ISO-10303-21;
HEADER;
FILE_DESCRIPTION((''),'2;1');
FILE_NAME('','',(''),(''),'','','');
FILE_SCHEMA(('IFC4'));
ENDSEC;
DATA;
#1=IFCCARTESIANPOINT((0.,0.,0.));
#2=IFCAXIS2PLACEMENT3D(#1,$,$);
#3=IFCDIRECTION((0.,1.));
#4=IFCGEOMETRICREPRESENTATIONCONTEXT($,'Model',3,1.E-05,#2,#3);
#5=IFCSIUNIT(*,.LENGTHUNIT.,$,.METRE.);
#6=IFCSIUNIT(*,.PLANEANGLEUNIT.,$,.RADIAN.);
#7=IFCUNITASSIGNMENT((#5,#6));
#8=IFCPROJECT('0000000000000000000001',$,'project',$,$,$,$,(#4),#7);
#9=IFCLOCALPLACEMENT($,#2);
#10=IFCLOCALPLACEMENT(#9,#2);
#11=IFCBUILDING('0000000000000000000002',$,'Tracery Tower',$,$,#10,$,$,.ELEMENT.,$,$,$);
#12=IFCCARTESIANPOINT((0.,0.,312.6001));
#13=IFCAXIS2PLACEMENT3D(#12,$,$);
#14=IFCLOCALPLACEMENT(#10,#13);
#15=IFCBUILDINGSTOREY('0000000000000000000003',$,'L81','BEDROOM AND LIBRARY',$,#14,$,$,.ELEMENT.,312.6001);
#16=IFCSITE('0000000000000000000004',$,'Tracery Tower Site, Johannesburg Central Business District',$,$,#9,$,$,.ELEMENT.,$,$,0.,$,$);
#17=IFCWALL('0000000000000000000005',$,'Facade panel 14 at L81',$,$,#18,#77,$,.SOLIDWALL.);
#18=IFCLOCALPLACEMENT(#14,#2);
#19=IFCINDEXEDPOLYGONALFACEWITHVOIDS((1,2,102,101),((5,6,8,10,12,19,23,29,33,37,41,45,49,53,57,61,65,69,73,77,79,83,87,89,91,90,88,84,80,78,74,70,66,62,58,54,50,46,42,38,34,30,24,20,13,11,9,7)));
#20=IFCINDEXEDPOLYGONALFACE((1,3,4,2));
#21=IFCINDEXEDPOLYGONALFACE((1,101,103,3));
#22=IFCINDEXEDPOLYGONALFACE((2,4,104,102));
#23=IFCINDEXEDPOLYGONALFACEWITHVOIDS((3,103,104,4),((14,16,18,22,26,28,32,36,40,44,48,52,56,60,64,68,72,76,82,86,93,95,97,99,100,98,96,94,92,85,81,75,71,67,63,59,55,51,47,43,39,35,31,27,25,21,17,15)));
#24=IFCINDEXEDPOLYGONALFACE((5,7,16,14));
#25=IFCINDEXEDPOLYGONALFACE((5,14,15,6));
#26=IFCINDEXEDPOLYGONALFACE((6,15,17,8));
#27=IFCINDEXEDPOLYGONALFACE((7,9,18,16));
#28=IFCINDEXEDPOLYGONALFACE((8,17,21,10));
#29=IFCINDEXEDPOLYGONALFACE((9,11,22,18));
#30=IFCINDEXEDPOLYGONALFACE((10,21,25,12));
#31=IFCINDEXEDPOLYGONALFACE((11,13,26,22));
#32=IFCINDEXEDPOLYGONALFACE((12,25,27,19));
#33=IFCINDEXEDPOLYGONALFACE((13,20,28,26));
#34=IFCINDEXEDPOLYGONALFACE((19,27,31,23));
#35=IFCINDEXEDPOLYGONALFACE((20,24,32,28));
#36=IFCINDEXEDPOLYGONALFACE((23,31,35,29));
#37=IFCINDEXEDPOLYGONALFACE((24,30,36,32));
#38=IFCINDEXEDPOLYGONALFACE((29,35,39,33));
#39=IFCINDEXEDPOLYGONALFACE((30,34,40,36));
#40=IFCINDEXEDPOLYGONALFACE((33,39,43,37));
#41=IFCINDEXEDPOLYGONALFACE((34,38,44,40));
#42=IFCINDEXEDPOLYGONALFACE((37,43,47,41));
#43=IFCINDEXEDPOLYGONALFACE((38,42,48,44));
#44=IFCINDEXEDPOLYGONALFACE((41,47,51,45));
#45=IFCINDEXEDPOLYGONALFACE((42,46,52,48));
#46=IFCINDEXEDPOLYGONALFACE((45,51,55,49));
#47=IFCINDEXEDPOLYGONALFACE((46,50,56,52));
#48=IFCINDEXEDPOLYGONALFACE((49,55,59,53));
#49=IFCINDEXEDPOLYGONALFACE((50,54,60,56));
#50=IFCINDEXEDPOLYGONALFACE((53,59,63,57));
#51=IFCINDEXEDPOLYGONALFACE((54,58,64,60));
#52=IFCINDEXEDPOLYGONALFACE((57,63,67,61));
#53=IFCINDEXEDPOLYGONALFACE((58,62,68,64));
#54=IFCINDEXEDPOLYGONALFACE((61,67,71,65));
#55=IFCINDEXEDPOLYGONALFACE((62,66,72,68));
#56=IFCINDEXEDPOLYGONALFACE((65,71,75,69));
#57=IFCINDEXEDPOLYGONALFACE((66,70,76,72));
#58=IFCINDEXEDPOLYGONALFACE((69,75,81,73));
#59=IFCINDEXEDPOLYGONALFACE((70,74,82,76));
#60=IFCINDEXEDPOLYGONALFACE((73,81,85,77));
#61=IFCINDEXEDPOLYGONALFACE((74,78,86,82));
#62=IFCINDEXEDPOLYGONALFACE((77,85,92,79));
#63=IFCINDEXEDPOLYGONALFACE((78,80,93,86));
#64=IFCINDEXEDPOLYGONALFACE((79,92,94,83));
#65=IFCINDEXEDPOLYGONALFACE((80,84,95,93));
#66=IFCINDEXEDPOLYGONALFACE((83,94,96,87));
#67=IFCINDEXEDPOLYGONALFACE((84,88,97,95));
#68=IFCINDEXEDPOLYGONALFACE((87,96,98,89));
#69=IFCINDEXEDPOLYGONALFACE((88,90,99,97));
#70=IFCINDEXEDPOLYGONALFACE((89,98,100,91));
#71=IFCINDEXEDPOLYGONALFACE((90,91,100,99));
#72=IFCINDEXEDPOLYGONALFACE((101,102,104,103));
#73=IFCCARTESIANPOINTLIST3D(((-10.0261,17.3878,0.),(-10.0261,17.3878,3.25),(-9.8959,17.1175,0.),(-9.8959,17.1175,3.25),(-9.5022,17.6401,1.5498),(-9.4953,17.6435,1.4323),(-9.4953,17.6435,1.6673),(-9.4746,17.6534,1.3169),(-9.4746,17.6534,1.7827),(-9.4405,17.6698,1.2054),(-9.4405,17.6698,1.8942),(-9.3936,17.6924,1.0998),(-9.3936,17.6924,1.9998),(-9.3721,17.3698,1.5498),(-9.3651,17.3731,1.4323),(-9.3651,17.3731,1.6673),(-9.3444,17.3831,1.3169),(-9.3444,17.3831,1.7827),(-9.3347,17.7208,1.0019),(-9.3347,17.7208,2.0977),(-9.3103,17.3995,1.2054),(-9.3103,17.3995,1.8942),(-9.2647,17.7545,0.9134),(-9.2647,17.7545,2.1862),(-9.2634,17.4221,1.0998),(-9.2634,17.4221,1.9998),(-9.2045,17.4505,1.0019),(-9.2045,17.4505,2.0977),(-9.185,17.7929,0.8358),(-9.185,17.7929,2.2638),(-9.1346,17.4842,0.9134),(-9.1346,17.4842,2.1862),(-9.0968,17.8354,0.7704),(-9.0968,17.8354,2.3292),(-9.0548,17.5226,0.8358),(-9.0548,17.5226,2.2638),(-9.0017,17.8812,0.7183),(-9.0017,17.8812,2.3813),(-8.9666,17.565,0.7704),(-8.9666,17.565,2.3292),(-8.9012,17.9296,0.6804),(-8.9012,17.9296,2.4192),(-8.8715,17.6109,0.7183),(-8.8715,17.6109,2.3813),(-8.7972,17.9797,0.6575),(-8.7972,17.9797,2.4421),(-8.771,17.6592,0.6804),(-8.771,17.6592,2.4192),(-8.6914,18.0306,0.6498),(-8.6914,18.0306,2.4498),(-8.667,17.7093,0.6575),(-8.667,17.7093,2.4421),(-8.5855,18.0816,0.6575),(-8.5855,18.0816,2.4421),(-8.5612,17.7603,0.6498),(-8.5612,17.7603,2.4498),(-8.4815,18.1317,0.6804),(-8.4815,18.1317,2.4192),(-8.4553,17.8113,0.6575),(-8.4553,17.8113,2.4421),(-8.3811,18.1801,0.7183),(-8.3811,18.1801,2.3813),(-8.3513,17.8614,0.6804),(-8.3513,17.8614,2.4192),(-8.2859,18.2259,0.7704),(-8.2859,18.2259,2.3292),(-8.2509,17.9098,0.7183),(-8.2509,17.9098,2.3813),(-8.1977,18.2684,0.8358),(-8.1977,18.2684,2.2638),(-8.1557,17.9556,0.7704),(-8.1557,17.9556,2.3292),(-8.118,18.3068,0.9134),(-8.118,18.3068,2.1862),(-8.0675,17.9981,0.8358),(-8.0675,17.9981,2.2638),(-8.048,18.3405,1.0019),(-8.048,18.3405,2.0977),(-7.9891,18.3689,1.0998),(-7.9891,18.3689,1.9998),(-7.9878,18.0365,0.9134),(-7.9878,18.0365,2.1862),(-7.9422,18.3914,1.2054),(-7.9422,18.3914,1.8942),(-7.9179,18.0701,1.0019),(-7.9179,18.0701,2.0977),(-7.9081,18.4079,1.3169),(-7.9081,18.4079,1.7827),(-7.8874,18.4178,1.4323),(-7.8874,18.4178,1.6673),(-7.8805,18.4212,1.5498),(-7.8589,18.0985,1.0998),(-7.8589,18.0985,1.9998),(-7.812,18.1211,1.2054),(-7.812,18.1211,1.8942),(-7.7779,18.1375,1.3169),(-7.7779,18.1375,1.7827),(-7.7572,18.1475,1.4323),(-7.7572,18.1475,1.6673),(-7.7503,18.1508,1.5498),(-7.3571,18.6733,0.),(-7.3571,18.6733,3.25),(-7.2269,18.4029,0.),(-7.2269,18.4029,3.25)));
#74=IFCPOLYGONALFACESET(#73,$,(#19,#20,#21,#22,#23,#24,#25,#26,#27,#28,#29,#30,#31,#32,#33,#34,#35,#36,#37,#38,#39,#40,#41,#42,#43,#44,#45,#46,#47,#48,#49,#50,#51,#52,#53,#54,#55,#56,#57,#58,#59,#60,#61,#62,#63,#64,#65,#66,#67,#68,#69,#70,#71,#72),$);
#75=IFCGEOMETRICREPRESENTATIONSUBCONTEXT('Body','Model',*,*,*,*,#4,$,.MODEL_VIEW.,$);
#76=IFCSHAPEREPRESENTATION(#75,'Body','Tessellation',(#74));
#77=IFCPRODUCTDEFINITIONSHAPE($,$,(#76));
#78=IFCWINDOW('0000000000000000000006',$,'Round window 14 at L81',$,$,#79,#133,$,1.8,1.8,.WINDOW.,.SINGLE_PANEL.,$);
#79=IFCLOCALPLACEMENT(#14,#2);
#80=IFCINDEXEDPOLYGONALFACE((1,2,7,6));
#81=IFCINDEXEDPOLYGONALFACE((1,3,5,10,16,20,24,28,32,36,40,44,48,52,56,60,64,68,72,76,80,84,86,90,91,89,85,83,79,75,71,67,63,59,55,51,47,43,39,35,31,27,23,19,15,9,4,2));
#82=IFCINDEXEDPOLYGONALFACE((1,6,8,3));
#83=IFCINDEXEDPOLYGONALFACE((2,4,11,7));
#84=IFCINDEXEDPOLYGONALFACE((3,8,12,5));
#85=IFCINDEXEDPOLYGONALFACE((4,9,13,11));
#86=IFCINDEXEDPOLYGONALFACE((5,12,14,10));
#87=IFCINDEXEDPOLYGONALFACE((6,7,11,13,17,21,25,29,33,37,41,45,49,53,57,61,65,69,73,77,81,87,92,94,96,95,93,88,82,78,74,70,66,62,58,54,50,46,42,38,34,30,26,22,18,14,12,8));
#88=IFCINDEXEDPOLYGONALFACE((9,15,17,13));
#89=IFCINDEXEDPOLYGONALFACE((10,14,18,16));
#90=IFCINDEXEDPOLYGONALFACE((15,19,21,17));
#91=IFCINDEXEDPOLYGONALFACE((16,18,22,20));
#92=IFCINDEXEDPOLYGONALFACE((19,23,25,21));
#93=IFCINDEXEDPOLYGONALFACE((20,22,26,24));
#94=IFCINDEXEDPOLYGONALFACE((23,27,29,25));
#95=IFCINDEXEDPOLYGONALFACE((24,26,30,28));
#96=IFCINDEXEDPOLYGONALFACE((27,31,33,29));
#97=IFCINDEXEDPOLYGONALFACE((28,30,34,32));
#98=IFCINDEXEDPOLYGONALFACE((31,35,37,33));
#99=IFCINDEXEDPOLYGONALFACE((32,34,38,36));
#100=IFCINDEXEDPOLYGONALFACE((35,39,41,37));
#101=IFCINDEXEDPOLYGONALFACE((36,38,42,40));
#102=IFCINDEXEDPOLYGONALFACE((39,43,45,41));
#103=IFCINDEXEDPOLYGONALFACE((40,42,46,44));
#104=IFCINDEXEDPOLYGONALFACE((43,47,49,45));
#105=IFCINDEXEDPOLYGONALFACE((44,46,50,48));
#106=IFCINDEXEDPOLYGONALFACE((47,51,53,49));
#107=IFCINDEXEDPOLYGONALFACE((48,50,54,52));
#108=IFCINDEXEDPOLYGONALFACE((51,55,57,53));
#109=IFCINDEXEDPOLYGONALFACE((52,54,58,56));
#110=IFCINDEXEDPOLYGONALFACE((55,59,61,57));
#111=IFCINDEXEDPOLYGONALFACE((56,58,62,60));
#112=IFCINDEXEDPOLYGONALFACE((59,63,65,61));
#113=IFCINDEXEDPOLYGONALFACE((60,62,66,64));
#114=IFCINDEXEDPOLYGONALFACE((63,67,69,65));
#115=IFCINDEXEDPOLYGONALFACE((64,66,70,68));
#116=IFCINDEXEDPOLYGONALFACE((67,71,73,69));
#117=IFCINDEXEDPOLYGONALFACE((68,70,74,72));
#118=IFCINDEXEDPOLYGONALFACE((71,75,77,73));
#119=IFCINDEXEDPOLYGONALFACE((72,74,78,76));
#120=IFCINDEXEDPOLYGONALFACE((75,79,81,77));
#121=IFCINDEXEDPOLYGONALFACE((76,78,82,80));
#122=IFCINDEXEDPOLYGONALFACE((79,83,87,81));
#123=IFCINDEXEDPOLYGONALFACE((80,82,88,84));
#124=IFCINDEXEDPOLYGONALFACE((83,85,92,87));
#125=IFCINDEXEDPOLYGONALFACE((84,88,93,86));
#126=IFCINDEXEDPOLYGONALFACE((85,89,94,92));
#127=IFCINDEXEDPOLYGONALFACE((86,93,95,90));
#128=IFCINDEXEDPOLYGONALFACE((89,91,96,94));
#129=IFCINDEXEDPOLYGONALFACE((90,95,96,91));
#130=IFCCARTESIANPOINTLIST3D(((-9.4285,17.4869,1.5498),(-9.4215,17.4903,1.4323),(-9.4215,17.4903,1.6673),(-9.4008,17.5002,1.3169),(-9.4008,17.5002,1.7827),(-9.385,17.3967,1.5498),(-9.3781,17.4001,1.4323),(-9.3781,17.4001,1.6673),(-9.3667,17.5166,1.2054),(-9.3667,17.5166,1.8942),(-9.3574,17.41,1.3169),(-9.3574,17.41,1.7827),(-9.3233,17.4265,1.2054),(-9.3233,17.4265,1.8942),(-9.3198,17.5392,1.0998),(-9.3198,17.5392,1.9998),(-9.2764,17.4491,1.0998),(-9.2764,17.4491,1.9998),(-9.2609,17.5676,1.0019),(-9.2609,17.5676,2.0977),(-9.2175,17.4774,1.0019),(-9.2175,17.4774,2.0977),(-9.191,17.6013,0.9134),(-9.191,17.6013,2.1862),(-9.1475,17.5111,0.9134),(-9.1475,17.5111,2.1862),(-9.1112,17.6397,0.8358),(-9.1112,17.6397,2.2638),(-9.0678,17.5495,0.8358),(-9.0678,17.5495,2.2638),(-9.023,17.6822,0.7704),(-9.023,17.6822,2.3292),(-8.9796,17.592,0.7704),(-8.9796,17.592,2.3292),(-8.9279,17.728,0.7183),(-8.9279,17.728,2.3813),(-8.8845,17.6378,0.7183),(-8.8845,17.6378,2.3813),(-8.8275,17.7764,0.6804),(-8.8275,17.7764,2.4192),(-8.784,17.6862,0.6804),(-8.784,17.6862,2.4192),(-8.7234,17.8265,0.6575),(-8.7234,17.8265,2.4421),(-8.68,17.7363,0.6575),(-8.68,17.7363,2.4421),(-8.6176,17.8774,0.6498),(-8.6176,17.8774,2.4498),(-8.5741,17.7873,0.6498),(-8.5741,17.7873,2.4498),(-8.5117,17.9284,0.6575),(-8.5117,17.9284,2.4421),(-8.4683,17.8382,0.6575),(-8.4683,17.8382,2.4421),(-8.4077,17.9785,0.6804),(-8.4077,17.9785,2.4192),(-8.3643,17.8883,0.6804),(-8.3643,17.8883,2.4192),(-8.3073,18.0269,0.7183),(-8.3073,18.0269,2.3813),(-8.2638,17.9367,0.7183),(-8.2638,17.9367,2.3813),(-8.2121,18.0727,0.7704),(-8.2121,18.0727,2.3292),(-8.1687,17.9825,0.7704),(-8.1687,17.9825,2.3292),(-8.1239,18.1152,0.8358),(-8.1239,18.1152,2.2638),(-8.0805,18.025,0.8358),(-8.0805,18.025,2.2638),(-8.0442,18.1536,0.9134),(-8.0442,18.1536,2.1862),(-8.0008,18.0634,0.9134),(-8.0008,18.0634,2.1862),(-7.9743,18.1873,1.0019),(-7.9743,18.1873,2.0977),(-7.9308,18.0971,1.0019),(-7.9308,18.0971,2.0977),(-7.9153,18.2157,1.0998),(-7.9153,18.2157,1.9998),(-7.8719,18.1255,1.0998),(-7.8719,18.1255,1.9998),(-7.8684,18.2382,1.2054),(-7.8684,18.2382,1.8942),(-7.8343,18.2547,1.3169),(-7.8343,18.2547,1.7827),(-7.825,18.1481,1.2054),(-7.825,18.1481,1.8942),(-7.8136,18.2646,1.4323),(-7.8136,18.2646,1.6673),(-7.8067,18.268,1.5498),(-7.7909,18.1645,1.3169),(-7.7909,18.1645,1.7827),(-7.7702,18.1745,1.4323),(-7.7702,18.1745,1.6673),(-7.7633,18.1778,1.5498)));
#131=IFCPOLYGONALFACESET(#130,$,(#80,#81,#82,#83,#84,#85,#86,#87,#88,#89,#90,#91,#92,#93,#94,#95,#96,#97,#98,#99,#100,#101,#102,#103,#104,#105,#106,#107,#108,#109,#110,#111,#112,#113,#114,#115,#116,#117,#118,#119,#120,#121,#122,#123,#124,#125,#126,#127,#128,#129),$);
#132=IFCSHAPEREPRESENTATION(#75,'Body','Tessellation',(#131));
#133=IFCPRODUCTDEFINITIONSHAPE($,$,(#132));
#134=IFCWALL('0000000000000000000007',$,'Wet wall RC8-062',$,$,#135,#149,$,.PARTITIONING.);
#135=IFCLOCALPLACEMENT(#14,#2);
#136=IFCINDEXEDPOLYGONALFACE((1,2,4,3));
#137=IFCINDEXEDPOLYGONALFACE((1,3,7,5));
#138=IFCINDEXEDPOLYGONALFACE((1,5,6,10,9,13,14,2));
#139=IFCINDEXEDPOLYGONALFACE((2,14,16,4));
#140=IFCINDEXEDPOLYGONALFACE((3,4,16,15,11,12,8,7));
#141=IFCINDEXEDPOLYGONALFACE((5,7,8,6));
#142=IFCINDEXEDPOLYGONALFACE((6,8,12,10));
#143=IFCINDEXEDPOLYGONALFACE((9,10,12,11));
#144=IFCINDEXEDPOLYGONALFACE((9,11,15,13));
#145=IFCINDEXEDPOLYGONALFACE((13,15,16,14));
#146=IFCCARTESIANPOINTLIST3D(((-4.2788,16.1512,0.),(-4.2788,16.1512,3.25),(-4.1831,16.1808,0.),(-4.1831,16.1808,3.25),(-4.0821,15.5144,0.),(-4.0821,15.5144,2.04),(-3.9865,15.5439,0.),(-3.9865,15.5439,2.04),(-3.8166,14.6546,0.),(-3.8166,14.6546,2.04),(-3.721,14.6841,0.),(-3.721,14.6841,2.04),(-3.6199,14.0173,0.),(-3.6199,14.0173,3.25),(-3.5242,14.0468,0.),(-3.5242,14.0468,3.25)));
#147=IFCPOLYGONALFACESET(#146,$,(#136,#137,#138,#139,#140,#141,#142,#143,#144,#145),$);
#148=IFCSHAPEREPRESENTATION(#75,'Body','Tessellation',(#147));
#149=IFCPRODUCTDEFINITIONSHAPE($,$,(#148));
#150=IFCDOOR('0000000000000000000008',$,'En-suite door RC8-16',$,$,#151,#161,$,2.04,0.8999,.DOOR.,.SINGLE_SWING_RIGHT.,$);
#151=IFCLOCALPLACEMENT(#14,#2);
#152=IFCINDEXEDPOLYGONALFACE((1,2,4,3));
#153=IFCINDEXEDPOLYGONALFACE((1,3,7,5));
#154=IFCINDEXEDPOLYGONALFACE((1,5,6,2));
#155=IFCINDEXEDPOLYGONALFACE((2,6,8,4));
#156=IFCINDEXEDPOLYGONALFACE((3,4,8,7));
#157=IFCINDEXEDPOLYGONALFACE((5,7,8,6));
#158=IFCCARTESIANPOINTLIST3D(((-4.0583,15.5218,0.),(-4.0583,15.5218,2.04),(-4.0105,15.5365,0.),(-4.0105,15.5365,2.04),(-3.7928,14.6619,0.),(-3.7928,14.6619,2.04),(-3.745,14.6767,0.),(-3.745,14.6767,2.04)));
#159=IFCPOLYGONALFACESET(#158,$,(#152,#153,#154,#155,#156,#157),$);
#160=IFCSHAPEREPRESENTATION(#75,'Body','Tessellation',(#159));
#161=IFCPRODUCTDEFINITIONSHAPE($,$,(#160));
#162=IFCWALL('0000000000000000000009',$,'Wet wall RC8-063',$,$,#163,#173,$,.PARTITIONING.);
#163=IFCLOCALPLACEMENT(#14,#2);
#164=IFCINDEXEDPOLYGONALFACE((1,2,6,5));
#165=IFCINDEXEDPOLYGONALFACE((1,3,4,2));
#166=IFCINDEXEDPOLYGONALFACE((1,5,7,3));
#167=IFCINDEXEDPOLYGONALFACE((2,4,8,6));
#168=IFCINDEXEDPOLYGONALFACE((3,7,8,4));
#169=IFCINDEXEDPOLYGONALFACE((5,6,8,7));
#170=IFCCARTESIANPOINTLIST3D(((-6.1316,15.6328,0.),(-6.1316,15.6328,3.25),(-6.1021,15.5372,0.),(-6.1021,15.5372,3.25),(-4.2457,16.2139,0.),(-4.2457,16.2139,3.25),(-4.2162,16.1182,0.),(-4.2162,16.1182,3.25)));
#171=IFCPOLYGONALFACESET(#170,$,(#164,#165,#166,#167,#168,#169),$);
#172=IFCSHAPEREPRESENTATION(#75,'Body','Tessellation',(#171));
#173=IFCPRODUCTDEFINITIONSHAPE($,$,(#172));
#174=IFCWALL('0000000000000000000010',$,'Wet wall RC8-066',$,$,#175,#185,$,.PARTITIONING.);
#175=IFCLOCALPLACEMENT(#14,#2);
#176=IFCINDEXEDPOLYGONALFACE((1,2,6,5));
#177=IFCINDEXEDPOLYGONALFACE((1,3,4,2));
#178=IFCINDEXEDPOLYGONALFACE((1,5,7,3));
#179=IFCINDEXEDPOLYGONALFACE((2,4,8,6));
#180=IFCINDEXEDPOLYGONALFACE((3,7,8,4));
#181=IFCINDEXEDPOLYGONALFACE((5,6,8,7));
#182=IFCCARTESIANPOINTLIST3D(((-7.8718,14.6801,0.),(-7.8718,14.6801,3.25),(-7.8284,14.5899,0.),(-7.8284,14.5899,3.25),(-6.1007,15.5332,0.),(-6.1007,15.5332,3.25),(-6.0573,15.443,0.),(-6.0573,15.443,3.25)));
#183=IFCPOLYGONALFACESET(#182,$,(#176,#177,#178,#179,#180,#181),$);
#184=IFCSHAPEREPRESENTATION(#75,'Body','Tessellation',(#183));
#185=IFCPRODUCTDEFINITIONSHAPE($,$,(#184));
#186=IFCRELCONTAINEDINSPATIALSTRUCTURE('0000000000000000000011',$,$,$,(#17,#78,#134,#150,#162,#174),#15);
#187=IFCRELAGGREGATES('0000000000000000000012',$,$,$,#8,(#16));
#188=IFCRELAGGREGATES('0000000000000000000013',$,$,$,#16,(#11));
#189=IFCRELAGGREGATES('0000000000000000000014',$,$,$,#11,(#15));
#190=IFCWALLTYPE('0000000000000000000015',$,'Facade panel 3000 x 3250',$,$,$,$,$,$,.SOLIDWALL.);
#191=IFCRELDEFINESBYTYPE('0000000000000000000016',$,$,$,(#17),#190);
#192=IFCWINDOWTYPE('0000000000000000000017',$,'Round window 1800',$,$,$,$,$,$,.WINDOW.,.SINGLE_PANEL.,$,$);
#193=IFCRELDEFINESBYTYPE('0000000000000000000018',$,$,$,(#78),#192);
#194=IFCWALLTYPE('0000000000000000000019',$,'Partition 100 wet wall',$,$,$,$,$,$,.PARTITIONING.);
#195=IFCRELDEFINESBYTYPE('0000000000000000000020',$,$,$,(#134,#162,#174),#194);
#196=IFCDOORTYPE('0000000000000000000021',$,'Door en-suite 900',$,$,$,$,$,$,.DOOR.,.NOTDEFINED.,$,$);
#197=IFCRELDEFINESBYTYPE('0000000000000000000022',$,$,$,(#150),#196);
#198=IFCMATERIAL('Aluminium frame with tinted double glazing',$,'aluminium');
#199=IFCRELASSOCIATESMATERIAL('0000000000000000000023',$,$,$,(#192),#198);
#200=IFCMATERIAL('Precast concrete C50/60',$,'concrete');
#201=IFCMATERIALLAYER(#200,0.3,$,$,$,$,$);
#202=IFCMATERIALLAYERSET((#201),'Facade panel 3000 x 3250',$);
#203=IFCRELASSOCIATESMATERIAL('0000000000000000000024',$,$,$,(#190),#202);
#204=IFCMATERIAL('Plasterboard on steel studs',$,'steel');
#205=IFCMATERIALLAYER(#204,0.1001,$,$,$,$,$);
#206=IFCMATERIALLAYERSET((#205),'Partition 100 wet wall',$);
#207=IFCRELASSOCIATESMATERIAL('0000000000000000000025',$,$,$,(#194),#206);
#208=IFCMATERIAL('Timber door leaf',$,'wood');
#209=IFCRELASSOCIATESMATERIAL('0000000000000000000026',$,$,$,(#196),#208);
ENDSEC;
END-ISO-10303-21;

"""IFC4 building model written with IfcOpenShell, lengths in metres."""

from ifc_helpers import new_model, si_unit, direction, frame, frame_2d, origin, origin_2d, place, context, subcontext, project, spatial, rectangle, circle, extrude, material, layer, layer_set, type_object, element, fill, save


model = new_model("IFC4")

# Units and contexts
model_context = context("Model", 3, precision=1e-05, world=origin(), true_north=direction((0.0, 1.0)))
body_context = subcontext(model_context, "Body", "Model", "MODEL_VIEW")
ifc_project = project(units=[si_unit("LENGTHUNIT", "METRE"), si_unit("PLANEANGLEUNIT", "RADIAN")], contexts=[model_context])

# Site, building, storey
site_placement = place(None, origin())
site = spatial("IfcSite", under=ifc_project, at=site_placement, Name="Tracery Tower Site, Johannesburg Central Business District", CompositionType="ELEMENT", RefElevation=0.0)
building_placement = place(site_placement, origin())
building = spatial("IfcBuilding", under=site, at=building_placement, Name="Tracery Tower", CompositionType="ELEMENT")
storey_placement = place(building_placement, frame((0.0, 0.0, 312.6001)))
storey = spatial("IfcBuildingStorey", under=building, at=storey_placement, Name="L81", Description="BEDROOM AND LIBRARY", CompositionType="ELEMENT", Elevation=312.6001)

# Wall, opening, window
ifc_material_1 = material(Name="Aluminium frame with tinted double glazing", Category="aluminium")
window_type = type_object("IfcWindowType", Name="Round window 1800", PartitioningType="SINGLE_PANEL", PredefinedType="WINDOW", material=ifc_material_1)
ifc_material_2 = material(Name="Precast concrete C50/60", Category="concrete")
ifc_layer_1 = layer(ifc_material_2, 0.3)
ifc_layer_set_1 = layer_set([ifc_layer_1], Name="Facade panel 3000 x 3250")
wall_type_1 = type_object("IfcWallType", Name="Facade panel 3000 x 3250", PredefinedType="SOLIDWALL", material=ifc_layer_set_1)
wall_1_placement = place(storey_placement, frame((-7.292, 18.5381, 0.0), z_axis=(0.0, 0.0, 1.0), x_axis=(-0.900955, -0.433912, 0.0)))
wall_1 = element("IfcWall", 1, at=wall_1_placement, inside=storey, type_object=wall_type_1, Name="Facade panel 14 at L81", PredefinedType="SOLIDWALL", context=body_context, shape_type="SweptSolid", body=[
    extrude(rectangle(XDim=2.9624, YDim=0.3, at=frame_2d((1.4812, 0.0))), origin(), (0.0, 0.0, 1.0), 3.25),
])
opening_1_placement = place(wall_1_placement, frame((1.481, 0.0, 1.5498)))
opening_1 = element("IfcOpeningElement", 2, at=opening_1_placement, cuts=wall_1, PredefinedType="OPENING", context=body_context, shape_type="SweptSolid", body=[
    extrude(circle(Radius=0.9, at=origin_2d()), frame((0.0, 0.1599, 0.0), z_axis=(0.0, -1.0, 0.0), x_axis=(1.0, 0.0, 0.0)), (0.0, 0.0, 1.0), 0.3201),
])
window_1_placement = place(opening_1_placement, origin())
window_1 = element("IfcWindow", 3, at=window_1_placement, inside=storey, type_object=window_type, Name="Round window 14 at L81", OverallHeight=1.8, OverallWidth=1.8, PartitioningType="SINGLE_PANEL", PredefinedType="WINDOW", context=body_context, shape_type="SweptSolid", body=[
    extrude(circle(Radius=0.9, at=origin_2d()), frame((0.0, 0.1201, 0.0), z_axis=(0.0, -1.0, 0.0), x_axis=(1.0, 0.0, 0.0)), (0.0, 0.0, 1.0), 0.1001),
])
fill(opening_1, window_1)

# Wall, opening, door
ifc_material_3 = material(Name="Plasterboard on steel studs", Category="steel")
ifc_layer_2 = layer(ifc_material_3, 0.1001)
ifc_layer_set_2 = layer_set([ifc_layer_2], Name="Partition 100 wet wall")
wall_type_2 = type_object("IfcWallType", Name="Partition 100 wet wall", PredefinedType="PARTITIONING", material=ifc_layer_set_2)
wall_2_placement = place(storey_placement, frame((-4.231, 16.166, 0.0), z_axis=(0.0, 0.0, 1.0), x_axis=(0.295031, -0.955488, 0.0)))
wall_2 = element("IfcWall", 4, at=wall_2_placement, inside=storey, type_object=wall_type_2, Name="Wet wall RC8-062", PredefinedType="PARTITIONING", context=body_context, shape_type="SweptSolid", body=[
    extrude(rectangle(XDim=2.2334, YDim=0.1001, at=frame_2d((1.1167, 0.0))), origin(), (0.0, 0.0, 1.0), 3.25),
])
opening_2_placement = place(wall_2_placement, frame((0.6665, 0.0, 0.0)))
opening_2 = element("IfcOpeningElement", 5, at=opening_2_placement, cuts=wall_2, PredefinedType="OPENING", context=body_context, shape_type="SweptSolid", body=[
    extrude(rectangle(XDim=0.8999, YDim=2.04, at=frame_2d((0.45, 1.02))), frame((0.0, 0.05, 0.0), z_axis=(0.0, -1.0, 0.0), x_axis=(1.0, 0.0, 0.0)), (0.0, 0.0, 1.0), 0.1001),
])
ifc_material_4 = material(Name="Timber door leaf", Category="wood")
door_type = type_object("IfcDoorType", Name="Door en-suite 900", OperationType="NOTDEFINED", PredefinedType="DOOR", material=ifc_material_4)
door_1_placement = place(opening_2_placement, origin())
door_1 = element("IfcDoor", 6, at=door_1_placement, inside=storey, type_object=door_type, Name="En-suite door RC8-16", OperationType="SINGLE_SWING_RIGHT", OverallHeight=2.04, OverallWidth=0.8999, PredefinedType="DOOR", context=body_context, shape_type="SweptSolid", body=[
    extrude(rectangle(XDim=0.8999, YDim=2.04, at=frame_2d((0.45, 1.02))), frame((0.0, 0.0249, 0.0), z_axis=(0.0, -1.0, 0.0), x_axis=(1.0, 0.0, 0.0)), (0.0, 0.0, 1.0), 0.05),
])
fill(opening_2, door_1)

# Walls
wall_3_placement = place(storey_placement, frame((-6.1169, 15.585, 0.0), z_axis=(0.0, 0.0, 1.0), x_axis=(0.955672, 0.294434, 0.0)))
element("IfcWall", 7, at=wall_3_placement, inside=storey, type_object=wall_type_2, Name="Wet wall RC8-063", PredefinedType="PARTITIONING", context=body_context, shape_type="SweptSolid", body=[
    extrude(rectangle(XDim=1.9734, YDim=0.1001, at=frame_2d((0.9868, 0.0))), origin(), (0.0, 0.0, 1.0), 3.25),
])
wall_4_placement = place(storey_placement, frame((-7.8501, 14.635, 0.0), z_axis=(0.0, 0.0, 1.0), x_axis=(0.900937, 0.43395, 0.0)))
element("IfcWall", 8, at=wall_4_placement, inside=storey, type_object=wall_type_2, Name="Wet wall RC8-066", PredefinedType="PARTITIONING", context=body_context, shape_type="SweptSolid", body=[
    extrude(rectangle(XDim=1.9658, YDim=0.1001, at=frame_2d((0.9829, 0.0))), origin(), (0.0, 0.0, 1.0), 3.25),
])

save(model, "model.ifc")
